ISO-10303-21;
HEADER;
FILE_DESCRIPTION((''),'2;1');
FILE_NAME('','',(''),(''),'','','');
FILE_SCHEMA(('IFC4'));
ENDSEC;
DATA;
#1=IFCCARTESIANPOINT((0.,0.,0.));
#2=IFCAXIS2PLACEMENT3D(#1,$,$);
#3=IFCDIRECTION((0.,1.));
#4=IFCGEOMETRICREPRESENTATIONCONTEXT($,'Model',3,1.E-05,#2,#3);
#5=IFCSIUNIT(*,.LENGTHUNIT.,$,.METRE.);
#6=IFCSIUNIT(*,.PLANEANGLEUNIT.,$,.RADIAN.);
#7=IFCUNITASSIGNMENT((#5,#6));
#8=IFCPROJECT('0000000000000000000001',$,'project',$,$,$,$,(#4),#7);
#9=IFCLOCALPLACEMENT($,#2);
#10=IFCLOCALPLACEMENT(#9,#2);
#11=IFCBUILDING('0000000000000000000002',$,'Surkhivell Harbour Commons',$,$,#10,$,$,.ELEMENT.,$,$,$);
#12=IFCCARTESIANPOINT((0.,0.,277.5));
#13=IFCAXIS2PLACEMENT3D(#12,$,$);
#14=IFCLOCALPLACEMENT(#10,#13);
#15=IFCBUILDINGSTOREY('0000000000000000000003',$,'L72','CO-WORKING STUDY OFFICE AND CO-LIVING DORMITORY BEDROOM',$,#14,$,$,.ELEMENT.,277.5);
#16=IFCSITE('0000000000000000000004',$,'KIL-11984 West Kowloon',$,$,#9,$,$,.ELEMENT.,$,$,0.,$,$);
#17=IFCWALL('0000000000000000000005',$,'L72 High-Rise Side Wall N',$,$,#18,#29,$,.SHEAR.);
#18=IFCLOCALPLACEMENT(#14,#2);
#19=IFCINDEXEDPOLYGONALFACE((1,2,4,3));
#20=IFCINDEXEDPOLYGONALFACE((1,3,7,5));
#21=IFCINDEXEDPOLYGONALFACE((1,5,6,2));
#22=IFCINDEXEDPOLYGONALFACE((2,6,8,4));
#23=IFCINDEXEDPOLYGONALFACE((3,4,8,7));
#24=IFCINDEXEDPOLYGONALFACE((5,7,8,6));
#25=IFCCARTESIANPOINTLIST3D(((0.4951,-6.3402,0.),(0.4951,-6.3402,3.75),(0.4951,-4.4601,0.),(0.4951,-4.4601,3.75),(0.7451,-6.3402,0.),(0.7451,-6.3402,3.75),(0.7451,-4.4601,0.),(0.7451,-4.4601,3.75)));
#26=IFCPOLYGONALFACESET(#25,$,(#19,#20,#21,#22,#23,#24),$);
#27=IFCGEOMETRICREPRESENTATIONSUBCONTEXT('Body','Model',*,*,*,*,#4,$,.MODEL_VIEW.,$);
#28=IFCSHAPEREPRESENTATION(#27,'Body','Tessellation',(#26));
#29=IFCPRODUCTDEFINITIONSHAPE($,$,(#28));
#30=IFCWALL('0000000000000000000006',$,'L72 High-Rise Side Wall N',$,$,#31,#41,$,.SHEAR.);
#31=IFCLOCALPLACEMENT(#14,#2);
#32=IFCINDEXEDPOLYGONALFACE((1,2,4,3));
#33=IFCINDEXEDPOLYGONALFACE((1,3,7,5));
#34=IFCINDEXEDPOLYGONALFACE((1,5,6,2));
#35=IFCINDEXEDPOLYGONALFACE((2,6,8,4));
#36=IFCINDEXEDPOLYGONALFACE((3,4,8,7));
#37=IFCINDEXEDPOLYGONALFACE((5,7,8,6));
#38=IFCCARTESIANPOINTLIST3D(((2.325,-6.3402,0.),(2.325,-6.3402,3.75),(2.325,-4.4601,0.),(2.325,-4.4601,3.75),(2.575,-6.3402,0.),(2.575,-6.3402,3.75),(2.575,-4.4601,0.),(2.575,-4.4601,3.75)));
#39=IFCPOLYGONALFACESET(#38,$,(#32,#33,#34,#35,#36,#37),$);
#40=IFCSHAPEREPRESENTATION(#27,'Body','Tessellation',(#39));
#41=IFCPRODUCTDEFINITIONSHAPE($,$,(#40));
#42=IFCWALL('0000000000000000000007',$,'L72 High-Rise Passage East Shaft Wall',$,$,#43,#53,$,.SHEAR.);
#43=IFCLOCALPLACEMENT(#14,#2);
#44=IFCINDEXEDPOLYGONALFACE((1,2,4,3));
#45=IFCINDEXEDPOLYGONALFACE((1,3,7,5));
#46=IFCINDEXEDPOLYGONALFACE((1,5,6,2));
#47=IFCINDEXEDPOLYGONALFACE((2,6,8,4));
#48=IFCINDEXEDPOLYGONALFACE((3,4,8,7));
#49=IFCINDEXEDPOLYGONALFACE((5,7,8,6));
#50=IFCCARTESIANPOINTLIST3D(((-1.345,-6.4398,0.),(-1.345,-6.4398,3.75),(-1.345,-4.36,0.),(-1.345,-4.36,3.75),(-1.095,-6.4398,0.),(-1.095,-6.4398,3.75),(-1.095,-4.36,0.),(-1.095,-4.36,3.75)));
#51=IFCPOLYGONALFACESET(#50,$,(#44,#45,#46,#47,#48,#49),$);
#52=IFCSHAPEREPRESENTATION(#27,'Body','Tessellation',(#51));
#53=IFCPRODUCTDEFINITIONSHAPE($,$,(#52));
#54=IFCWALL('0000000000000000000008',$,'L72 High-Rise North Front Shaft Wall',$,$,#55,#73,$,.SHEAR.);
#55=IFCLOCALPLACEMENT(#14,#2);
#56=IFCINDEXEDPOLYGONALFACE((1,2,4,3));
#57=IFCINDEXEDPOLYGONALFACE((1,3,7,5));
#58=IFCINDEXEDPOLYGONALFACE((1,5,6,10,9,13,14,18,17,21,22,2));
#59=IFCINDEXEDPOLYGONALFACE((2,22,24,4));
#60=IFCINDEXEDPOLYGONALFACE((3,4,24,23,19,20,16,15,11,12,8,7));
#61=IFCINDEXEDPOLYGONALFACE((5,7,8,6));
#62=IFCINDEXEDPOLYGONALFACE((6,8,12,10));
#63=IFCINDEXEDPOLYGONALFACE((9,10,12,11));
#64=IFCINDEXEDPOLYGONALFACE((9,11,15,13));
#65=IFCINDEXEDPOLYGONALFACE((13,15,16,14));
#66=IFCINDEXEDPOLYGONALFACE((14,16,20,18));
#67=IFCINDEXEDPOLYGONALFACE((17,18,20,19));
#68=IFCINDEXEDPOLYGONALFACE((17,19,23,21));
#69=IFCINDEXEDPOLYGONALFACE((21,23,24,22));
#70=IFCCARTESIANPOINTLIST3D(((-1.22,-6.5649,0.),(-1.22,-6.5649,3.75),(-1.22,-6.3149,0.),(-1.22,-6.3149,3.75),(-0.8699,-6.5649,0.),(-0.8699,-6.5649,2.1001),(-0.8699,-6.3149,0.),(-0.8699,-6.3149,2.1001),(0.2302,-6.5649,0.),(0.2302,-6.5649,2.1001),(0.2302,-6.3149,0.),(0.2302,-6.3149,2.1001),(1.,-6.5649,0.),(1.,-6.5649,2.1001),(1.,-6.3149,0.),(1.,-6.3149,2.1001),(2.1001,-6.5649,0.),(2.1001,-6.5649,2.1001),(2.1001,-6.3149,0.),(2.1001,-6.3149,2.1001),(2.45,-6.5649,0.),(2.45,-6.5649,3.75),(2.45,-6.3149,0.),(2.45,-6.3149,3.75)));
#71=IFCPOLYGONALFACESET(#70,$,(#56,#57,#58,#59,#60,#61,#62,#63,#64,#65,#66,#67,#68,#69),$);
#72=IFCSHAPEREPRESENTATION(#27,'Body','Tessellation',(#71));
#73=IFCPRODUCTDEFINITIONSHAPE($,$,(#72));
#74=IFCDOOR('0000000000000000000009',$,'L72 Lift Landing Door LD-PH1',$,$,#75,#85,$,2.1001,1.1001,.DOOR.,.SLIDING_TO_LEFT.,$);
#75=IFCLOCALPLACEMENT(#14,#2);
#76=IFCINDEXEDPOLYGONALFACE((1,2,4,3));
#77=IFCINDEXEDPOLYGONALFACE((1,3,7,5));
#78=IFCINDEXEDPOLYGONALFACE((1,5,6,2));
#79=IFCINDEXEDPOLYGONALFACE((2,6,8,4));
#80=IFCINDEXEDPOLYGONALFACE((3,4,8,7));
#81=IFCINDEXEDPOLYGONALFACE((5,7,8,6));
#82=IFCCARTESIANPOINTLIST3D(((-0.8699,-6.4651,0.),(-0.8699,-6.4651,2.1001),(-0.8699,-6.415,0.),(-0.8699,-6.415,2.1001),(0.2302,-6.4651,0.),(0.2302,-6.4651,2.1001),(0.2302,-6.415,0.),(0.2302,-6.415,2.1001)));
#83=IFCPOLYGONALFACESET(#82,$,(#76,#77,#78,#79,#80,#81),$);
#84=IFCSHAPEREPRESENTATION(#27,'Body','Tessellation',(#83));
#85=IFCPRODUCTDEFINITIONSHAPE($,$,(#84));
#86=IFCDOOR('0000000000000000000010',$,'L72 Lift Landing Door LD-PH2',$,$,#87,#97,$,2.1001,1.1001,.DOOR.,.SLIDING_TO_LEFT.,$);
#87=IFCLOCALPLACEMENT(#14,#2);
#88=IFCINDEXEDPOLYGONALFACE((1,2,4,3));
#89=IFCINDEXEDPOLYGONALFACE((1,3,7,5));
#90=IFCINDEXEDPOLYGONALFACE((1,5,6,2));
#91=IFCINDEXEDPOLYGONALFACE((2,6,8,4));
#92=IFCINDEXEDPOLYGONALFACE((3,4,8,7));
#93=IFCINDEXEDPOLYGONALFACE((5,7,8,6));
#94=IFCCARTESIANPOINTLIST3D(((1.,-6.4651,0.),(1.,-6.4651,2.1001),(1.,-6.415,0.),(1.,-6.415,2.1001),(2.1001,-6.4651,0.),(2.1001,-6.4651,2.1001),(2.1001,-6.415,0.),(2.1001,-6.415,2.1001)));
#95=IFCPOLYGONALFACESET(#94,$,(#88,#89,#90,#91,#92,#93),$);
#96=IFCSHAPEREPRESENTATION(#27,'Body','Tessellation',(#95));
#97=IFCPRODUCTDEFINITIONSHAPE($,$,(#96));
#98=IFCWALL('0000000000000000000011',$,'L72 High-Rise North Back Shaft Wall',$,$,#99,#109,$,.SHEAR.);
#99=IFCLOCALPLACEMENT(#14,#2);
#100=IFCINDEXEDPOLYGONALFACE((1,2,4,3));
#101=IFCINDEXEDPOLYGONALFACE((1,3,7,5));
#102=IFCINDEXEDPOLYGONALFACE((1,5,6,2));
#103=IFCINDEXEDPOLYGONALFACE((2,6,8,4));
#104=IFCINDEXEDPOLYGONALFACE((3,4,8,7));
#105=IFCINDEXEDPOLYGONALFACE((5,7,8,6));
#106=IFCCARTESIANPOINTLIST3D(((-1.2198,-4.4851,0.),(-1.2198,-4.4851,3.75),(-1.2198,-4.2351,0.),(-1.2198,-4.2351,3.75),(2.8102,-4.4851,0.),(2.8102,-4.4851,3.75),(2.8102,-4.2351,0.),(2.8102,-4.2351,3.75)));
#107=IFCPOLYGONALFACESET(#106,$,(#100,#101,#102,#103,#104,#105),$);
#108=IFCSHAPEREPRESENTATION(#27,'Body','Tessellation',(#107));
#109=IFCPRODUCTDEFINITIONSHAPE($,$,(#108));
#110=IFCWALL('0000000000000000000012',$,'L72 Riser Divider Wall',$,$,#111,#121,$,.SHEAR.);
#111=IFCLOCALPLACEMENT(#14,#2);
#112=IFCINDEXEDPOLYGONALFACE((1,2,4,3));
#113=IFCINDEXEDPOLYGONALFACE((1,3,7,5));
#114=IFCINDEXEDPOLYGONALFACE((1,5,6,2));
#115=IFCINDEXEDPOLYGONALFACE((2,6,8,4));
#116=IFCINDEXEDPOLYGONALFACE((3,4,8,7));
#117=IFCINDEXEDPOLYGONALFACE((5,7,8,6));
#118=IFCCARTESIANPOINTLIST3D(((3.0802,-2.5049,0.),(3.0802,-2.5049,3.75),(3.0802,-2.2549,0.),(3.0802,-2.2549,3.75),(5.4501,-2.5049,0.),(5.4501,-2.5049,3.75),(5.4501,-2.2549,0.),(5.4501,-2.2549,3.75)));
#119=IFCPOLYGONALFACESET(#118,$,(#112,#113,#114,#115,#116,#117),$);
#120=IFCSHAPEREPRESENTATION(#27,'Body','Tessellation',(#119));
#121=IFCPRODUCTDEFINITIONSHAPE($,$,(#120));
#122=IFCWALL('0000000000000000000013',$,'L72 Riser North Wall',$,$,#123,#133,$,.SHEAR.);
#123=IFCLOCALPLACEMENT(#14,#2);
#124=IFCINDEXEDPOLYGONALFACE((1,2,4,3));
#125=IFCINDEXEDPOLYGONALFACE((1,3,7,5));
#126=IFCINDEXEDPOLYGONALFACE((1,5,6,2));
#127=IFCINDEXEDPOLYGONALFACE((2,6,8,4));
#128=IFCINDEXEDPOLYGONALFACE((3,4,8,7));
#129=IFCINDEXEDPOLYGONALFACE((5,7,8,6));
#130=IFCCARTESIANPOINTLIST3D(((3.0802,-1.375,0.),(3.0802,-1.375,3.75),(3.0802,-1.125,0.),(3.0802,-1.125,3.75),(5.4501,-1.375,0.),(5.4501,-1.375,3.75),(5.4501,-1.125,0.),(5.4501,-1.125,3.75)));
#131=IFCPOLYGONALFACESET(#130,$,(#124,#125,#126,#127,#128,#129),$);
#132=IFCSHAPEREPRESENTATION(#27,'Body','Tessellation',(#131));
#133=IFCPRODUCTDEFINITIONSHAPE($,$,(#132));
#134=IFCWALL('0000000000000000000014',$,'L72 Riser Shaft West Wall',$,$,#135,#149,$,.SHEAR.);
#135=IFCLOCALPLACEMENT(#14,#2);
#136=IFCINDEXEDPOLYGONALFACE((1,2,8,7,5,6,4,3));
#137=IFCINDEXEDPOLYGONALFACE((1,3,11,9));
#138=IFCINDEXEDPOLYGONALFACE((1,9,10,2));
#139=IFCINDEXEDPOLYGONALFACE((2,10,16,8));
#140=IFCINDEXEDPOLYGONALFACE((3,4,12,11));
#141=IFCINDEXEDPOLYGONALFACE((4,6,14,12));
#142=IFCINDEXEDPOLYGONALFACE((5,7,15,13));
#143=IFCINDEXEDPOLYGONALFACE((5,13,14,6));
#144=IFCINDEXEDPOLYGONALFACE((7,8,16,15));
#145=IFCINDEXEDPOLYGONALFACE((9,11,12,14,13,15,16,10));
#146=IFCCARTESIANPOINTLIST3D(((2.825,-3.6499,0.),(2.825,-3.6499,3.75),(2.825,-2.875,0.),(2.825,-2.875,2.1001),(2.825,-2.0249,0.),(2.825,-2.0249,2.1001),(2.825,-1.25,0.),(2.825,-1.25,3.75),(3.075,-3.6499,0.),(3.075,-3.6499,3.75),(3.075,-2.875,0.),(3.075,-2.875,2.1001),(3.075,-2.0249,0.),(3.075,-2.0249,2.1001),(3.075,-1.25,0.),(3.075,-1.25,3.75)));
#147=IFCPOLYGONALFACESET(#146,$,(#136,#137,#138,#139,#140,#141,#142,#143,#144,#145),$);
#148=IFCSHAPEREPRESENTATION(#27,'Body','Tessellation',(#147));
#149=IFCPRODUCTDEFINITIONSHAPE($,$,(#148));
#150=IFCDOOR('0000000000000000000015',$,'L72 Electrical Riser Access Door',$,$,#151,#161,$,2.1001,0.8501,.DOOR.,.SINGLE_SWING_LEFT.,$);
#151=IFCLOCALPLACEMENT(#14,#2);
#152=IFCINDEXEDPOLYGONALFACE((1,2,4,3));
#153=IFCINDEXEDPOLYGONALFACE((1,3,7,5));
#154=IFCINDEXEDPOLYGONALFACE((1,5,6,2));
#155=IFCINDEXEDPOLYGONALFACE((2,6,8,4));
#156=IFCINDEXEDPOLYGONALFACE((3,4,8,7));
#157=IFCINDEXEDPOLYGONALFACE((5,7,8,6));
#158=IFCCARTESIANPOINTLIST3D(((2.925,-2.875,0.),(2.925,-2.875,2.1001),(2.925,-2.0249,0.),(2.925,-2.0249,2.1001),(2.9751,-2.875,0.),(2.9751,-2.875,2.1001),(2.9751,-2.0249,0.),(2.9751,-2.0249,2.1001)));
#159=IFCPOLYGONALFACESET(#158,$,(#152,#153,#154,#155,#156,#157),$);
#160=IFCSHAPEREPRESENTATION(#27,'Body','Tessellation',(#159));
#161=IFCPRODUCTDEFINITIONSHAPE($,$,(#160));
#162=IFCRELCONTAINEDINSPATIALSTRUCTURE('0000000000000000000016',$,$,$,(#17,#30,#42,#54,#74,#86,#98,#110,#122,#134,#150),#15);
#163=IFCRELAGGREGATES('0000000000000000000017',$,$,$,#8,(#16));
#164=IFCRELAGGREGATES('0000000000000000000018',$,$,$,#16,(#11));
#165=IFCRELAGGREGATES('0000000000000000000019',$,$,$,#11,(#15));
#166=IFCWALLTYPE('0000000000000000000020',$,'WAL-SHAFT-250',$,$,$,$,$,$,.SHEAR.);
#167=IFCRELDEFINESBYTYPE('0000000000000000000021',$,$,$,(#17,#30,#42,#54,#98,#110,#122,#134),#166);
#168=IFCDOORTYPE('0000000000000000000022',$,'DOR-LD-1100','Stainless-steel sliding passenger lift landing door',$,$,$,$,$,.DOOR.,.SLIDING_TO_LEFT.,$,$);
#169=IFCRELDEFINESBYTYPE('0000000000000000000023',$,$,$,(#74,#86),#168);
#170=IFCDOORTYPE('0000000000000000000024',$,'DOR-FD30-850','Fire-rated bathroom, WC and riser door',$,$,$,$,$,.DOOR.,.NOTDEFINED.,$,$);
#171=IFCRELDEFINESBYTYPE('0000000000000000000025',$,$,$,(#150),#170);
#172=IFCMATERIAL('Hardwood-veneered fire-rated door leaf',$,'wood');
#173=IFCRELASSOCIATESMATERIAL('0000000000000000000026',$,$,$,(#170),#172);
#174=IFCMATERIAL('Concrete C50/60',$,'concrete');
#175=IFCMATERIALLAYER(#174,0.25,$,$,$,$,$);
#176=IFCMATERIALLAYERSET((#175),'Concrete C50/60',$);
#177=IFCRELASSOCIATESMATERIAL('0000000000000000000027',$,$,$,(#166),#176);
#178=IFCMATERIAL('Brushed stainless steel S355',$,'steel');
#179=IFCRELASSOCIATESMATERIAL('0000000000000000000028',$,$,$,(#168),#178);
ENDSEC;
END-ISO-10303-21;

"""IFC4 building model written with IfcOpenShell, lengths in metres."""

from ifc_helpers import new_model, si_unit, direction, frame, frame_2d, origin, place, context, subcontext, project, spatial, rectangle, extrude, material, layer, layer_set, type_object, element, fill, save


model = new_model("IFC4")

# Units and contexts
model_context = context("Model", 3, precision=1e-05, world=origin(), true_north=direction((0.0, 1.0)))
body_context = subcontext(model_context, "Body", "Model", "MODEL_VIEW")
ifc_project = project(units=[si_unit("LENGTHUNIT", "METRE"), si_unit("PLANEANGLEUNIT", "RADIAN")], contexts=[model_context])

# Site, building, storey
site_placement = place(None, origin())
site = spatial("IfcSite", under=ifc_project, at=site_placement, Name="KIL-11984 West Kowloon", CompositionType="ELEMENT", RefElevation=0.0)
building_placement = place(site_placement, origin())
building = spatial("IfcBuilding", under=site, at=building_placement, Name="Surkhivell Harbour Commons", CompositionType="ELEMENT")
storey_placement = place(building_placement, frame((0.0, 0.0, 277.5)))
storey = spatial("IfcBuildingStorey", under=building, at=storey_placement, Name="L72", Description="CO-WORKING STUDY OFFICE AND CO-LIVING DORMITORY BEDROOM", CompositionType="ELEMENT", Elevation=277.5)

# Shared definitions
ifc_material_1 = material(Name="Hardwood-veneered fire-rated door leaf", Category="wood")
door_type_1 = type_object("IfcDoorType", Name="DOR-FD30-850", Description="Fire-rated bathroom, WC and riser door", OperationType="NOTDEFINED", PredefinedType="DOOR", material=ifc_material_1)

# Shared definitions
ifc_material_2 = material(Name="Concrete C50/60", Category="concrete")
ifc_layer_1 = layer(ifc_material_2, 0.25)
ifc_layer_set_1 = layer_set([ifc_layer_1], Name="Concrete C50/60")
wall_type_1 = type_object("IfcWallType", Name="WAL-SHAFT-250", PredefinedType="SHEAR", material=ifc_layer_set_1)

# Shared definitions
ifc_material_3 = material(Name="Brushed stainless steel S355", Category="steel")
door_type_2 = type_object("IfcDoorType", Name="DOR-LD-1100", Description="Stainless-steel sliding passenger lift landing door", OperationType="SLIDING_TO_LEFT", PredefinedType="DOOR", material=ifc_material_3)

# Walls
for number, where, z_axis, x_axis, name in (
    (1, (0.6201, -6.3401, 0.0), (0.0, 0.0, 1.0), (0.0, 1.0, 0.0), "L72 High-Rise Side Wall N"),
    (2, (2.45, -6.3401, 0.0), (0.0, 0.0, 1.0), (0.0, 1.0, 0.0), "L72 High-Rise Side Wall N"),
):
    element("IfcWall", number, at=place(storey_placement, frame(where, z_axis=z_axis, x_axis=x_axis)), inside=storey, type_object=wall_type_1, Name=name, PredefinedType="SHEAR", context=body_context, shape_type="SweptSolid", body=[
        extrude(rectangle(XDim=1.8801, YDim=0.25, at=frame_2d((0.9399, 0.0))), origin(), (0.0, 0.0, 1.0), 3.75),
    ])
wall_1_placement = place(storey_placement, frame((-1.22, -6.4399, 0.0), z_axis=(0.0, 0.0, 1.0), x_axis=(0.0, 1.0, 0.0)))
element("IfcWall", 3, at=wall_1_placement, inside=storey, type_object=wall_type_1, Name="L72 High-Rise Passage East Shaft Wall", PredefinedType="SHEAR", context=body_context, shape_type="SweptSolid", body=[
    extrude(rectangle(XDim=2.0798, YDim=0.25, at=frame_2d((1.04, 0.0))), origin(), (0.0, 0.0, 1.0), 3.75),
])

# Wall, openings, doors
wall_2_placement = place(storey_placement, frame((-1.22, -6.4399, 0.0), z_axis=(0.0, 0.0, 1.0), x_axis=(1.0, 0.0, 0.0)))
wall_2 = element("IfcWall", 4, at=wall_2_placement, inside=storey, type_object=wall_type_1, Name="L72 High-Rise North Front Shaft Wall", PredefinedType="SHEAR", context=body_context, shape_type="SweptSolid", body=[
    extrude(rectangle(XDim=3.6699, YDim=0.25, at=frame_2d((1.835, 0.0))), origin(), (0.0, 0.0, 1.0), 3.75),
])
opening_1_placement = place(wall_2_placement, frame((0.3501, 0.0, 0.0)))
opening_1 = element("IfcOpeningElement", 5, at=opening_1_placement, cuts=wall_2, PredefinedType="OPENING", context=body_context, shape_type="SweptSolid", body=[
    extrude(rectangle(XDim=1.1001, YDim=2.1001, at=frame_2d((0.55, 1.05))), frame((0.0, 0.135, 0.0), z_axis=(0.0, -1.0, 0.0), x_axis=(1.0, 0.0, 0.0)), (0.0, 0.0, 1.0), 0.27),
])
opening_2_placement = place(wall_2_placement, frame((2.22, 0.0, 0.0)))
opening_2 = element("IfcOpeningElement", 6, at=opening_2_placement, cuts=wall_2, PredefinedType="OPENING", context=body_context, shape_type="SweptSolid", body=[
    extrude(rectangle(XDim=1.1001, YDim=2.1001, at=frame_2d((0.55, 1.05))), frame((0.0, 0.135, 0.0), z_axis=(0.0, -1.0, 0.0), x_axis=(1.0, 0.0, 0.0)), (0.0, 0.0, 1.0), 0.27),
])
door_1_placement = place(opening_1_placement, origin())
door_1 = element("IfcDoor", 7, at=door_1_placement, inside=storey, type_object=door_type_2, Name="L72 Lift Landing Door LD-PH1", OperationType="SLIDING_TO_LEFT", OverallHeight=2.1001, OverallWidth=1.1001, PredefinedType="DOOR", context=body_context, shape_type="SweptSolid", body=[
    extrude(rectangle(XDim=1.1001, YDim=2.1001, at=frame_2d((0.55, 1.05))), frame((0.0, 0.0249, 0.0), z_axis=(0.0, -1.0, 0.0), x_axis=(1.0, 0.0, 0.0)), (0.0, 0.0, 1.0), 0.05),
])
fill(opening_1, door_1)
door_2_placement = place(opening_2_placement, origin())
door_2 = element("IfcDoor", 8, at=door_2_placement, inside=storey, type_object=door_type_2, Name="L72 Lift Landing Door LD-PH2", OperationType="SLIDING_TO_LEFT", OverallHeight=2.1001, OverallWidth=1.1001, PredefinedType="DOOR", context=body_context, shape_type="SweptSolid", body=[
    extrude(rectangle(XDim=1.1001, YDim=2.1001, at=frame_2d((0.55, 1.05))), frame((0.0, 0.0249, 0.0), z_axis=(0.0, -1.0, 0.0), x_axis=(1.0, 0.0, 0.0)), (0.0, 0.0, 1.0), 0.05),
])
fill(opening_2, door_2)

# Walls
wall_3_placement = place(storey_placement, frame((-1.22, -4.3601, 0.0), z_axis=(0.0, 0.0, 1.0), x_axis=(1.0, 0.0, 0.0)))
element("IfcWall", 9, at=wall_3_placement, inside=storey, type_object=wall_type_1, Name="L72 High-Rise North Back Shaft Wall", PredefinedType="SHEAR", context=body_context, shape_type="SweptSolid", body=[
    extrude(rectangle(XDim=4.03, YDim=0.25, at=frame_2d((2.0151, 0.0))), origin(), (0.0, 0.0, 1.0), 3.75),
])
for number, where, z_axis, x_axis, name in (
    (10, (3.0801, -2.3799, 0.0), (0.0, 0.0, 1.0), (1.0, 0.0, 0.0), "L72 Riser Divider Wall"),
    (11, (3.0801, -1.25, 0.0), (0.0, 0.0, 1.0), (1.0, 0.0, 0.0), "L72 Riser North Wall"),
):
    element("IfcWall", number, at=place(storey_placement, frame(where, z_axis=z_axis, x_axis=x_axis)), inside=storey, type_object=wall_type_1, Name=name, PredefinedType="SHEAR", context=body_context, shape_type="SweptSolid", body=[
        extrude(rectangle(XDim=2.3699, YDim=0.25, at=frame_2d((1.1851, 0.0))), origin(), (0.0, 0.0, 1.0), 3.75),
    ])

# Wall, opening, door
wall_4_placement = place(storey_placement, frame((2.95, -3.6499, 0.0), z_axis=(0.0, 0.0, 1.0), x_axis=(0.0, 1.0, 0.0)))
wall_4 = element("IfcWall", 12, at=wall_4_placement, inside=storey, type_object=wall_type_1, Name="L72 Riser Shaft West Wall", PredefinedType="SHEAR", context=body_context, shape_type="SweptSolid", body=[
    extrude(rectangle(XDim=2.3999, YDim=0.25, at=frame_2d((1.2, 0.0))), origin(), (0.0, 0.0, 1.0), 3.75),
])
opening_3_placement = place(wall_4_placement, frame((0.7749, 0.0, 0.0)))
opening_3 = element("IfcOpeningElement", 13, at=opening_3_placement, cuts=wall_4, PredefinedType="OPENING", context=body_context, shape_type="SweptSolid", body=[
    extrude(rectangle(XDim=0.8501, YDim=2.1001, at=frame_2d((0.425, 1.05))), frame((0.0, 0.135, 0.0), z_axis=(0.0, -1.0, 0.0), x_axis=(1.0, 0.0, 0.0)), (0.0, 0.0, 1.0), 0.27),
])
door_3_placement = place(opening_3_placement, origin())
door_3 = element("IfcDoor", 14, at=door_3_placement, inside=storey, type_object=door_type_1, Name="L72 Electrical Riser Access Door", OperationType="SINGLE_SWING_LEFT", OverallHeight=2.1001, OverallWidth=0.8501, PredefinedType="DOOR", context=body_context, shape_type="SweptSolid", body=[
    extrude(rectangle(XDim=0.8501, YDim=2.1001, at=frame_2d((0.425, 1.05))), frame((0.0, 0.0249, 0.0), z_axis=(0.0, -1.0, 0.0), x_axis=(1.0, 0.0, 0.0)), (0.0, 0.0, 1.0), 0.05),
])
fill(opening_3, door_3)

save(model, "model.ifc")
